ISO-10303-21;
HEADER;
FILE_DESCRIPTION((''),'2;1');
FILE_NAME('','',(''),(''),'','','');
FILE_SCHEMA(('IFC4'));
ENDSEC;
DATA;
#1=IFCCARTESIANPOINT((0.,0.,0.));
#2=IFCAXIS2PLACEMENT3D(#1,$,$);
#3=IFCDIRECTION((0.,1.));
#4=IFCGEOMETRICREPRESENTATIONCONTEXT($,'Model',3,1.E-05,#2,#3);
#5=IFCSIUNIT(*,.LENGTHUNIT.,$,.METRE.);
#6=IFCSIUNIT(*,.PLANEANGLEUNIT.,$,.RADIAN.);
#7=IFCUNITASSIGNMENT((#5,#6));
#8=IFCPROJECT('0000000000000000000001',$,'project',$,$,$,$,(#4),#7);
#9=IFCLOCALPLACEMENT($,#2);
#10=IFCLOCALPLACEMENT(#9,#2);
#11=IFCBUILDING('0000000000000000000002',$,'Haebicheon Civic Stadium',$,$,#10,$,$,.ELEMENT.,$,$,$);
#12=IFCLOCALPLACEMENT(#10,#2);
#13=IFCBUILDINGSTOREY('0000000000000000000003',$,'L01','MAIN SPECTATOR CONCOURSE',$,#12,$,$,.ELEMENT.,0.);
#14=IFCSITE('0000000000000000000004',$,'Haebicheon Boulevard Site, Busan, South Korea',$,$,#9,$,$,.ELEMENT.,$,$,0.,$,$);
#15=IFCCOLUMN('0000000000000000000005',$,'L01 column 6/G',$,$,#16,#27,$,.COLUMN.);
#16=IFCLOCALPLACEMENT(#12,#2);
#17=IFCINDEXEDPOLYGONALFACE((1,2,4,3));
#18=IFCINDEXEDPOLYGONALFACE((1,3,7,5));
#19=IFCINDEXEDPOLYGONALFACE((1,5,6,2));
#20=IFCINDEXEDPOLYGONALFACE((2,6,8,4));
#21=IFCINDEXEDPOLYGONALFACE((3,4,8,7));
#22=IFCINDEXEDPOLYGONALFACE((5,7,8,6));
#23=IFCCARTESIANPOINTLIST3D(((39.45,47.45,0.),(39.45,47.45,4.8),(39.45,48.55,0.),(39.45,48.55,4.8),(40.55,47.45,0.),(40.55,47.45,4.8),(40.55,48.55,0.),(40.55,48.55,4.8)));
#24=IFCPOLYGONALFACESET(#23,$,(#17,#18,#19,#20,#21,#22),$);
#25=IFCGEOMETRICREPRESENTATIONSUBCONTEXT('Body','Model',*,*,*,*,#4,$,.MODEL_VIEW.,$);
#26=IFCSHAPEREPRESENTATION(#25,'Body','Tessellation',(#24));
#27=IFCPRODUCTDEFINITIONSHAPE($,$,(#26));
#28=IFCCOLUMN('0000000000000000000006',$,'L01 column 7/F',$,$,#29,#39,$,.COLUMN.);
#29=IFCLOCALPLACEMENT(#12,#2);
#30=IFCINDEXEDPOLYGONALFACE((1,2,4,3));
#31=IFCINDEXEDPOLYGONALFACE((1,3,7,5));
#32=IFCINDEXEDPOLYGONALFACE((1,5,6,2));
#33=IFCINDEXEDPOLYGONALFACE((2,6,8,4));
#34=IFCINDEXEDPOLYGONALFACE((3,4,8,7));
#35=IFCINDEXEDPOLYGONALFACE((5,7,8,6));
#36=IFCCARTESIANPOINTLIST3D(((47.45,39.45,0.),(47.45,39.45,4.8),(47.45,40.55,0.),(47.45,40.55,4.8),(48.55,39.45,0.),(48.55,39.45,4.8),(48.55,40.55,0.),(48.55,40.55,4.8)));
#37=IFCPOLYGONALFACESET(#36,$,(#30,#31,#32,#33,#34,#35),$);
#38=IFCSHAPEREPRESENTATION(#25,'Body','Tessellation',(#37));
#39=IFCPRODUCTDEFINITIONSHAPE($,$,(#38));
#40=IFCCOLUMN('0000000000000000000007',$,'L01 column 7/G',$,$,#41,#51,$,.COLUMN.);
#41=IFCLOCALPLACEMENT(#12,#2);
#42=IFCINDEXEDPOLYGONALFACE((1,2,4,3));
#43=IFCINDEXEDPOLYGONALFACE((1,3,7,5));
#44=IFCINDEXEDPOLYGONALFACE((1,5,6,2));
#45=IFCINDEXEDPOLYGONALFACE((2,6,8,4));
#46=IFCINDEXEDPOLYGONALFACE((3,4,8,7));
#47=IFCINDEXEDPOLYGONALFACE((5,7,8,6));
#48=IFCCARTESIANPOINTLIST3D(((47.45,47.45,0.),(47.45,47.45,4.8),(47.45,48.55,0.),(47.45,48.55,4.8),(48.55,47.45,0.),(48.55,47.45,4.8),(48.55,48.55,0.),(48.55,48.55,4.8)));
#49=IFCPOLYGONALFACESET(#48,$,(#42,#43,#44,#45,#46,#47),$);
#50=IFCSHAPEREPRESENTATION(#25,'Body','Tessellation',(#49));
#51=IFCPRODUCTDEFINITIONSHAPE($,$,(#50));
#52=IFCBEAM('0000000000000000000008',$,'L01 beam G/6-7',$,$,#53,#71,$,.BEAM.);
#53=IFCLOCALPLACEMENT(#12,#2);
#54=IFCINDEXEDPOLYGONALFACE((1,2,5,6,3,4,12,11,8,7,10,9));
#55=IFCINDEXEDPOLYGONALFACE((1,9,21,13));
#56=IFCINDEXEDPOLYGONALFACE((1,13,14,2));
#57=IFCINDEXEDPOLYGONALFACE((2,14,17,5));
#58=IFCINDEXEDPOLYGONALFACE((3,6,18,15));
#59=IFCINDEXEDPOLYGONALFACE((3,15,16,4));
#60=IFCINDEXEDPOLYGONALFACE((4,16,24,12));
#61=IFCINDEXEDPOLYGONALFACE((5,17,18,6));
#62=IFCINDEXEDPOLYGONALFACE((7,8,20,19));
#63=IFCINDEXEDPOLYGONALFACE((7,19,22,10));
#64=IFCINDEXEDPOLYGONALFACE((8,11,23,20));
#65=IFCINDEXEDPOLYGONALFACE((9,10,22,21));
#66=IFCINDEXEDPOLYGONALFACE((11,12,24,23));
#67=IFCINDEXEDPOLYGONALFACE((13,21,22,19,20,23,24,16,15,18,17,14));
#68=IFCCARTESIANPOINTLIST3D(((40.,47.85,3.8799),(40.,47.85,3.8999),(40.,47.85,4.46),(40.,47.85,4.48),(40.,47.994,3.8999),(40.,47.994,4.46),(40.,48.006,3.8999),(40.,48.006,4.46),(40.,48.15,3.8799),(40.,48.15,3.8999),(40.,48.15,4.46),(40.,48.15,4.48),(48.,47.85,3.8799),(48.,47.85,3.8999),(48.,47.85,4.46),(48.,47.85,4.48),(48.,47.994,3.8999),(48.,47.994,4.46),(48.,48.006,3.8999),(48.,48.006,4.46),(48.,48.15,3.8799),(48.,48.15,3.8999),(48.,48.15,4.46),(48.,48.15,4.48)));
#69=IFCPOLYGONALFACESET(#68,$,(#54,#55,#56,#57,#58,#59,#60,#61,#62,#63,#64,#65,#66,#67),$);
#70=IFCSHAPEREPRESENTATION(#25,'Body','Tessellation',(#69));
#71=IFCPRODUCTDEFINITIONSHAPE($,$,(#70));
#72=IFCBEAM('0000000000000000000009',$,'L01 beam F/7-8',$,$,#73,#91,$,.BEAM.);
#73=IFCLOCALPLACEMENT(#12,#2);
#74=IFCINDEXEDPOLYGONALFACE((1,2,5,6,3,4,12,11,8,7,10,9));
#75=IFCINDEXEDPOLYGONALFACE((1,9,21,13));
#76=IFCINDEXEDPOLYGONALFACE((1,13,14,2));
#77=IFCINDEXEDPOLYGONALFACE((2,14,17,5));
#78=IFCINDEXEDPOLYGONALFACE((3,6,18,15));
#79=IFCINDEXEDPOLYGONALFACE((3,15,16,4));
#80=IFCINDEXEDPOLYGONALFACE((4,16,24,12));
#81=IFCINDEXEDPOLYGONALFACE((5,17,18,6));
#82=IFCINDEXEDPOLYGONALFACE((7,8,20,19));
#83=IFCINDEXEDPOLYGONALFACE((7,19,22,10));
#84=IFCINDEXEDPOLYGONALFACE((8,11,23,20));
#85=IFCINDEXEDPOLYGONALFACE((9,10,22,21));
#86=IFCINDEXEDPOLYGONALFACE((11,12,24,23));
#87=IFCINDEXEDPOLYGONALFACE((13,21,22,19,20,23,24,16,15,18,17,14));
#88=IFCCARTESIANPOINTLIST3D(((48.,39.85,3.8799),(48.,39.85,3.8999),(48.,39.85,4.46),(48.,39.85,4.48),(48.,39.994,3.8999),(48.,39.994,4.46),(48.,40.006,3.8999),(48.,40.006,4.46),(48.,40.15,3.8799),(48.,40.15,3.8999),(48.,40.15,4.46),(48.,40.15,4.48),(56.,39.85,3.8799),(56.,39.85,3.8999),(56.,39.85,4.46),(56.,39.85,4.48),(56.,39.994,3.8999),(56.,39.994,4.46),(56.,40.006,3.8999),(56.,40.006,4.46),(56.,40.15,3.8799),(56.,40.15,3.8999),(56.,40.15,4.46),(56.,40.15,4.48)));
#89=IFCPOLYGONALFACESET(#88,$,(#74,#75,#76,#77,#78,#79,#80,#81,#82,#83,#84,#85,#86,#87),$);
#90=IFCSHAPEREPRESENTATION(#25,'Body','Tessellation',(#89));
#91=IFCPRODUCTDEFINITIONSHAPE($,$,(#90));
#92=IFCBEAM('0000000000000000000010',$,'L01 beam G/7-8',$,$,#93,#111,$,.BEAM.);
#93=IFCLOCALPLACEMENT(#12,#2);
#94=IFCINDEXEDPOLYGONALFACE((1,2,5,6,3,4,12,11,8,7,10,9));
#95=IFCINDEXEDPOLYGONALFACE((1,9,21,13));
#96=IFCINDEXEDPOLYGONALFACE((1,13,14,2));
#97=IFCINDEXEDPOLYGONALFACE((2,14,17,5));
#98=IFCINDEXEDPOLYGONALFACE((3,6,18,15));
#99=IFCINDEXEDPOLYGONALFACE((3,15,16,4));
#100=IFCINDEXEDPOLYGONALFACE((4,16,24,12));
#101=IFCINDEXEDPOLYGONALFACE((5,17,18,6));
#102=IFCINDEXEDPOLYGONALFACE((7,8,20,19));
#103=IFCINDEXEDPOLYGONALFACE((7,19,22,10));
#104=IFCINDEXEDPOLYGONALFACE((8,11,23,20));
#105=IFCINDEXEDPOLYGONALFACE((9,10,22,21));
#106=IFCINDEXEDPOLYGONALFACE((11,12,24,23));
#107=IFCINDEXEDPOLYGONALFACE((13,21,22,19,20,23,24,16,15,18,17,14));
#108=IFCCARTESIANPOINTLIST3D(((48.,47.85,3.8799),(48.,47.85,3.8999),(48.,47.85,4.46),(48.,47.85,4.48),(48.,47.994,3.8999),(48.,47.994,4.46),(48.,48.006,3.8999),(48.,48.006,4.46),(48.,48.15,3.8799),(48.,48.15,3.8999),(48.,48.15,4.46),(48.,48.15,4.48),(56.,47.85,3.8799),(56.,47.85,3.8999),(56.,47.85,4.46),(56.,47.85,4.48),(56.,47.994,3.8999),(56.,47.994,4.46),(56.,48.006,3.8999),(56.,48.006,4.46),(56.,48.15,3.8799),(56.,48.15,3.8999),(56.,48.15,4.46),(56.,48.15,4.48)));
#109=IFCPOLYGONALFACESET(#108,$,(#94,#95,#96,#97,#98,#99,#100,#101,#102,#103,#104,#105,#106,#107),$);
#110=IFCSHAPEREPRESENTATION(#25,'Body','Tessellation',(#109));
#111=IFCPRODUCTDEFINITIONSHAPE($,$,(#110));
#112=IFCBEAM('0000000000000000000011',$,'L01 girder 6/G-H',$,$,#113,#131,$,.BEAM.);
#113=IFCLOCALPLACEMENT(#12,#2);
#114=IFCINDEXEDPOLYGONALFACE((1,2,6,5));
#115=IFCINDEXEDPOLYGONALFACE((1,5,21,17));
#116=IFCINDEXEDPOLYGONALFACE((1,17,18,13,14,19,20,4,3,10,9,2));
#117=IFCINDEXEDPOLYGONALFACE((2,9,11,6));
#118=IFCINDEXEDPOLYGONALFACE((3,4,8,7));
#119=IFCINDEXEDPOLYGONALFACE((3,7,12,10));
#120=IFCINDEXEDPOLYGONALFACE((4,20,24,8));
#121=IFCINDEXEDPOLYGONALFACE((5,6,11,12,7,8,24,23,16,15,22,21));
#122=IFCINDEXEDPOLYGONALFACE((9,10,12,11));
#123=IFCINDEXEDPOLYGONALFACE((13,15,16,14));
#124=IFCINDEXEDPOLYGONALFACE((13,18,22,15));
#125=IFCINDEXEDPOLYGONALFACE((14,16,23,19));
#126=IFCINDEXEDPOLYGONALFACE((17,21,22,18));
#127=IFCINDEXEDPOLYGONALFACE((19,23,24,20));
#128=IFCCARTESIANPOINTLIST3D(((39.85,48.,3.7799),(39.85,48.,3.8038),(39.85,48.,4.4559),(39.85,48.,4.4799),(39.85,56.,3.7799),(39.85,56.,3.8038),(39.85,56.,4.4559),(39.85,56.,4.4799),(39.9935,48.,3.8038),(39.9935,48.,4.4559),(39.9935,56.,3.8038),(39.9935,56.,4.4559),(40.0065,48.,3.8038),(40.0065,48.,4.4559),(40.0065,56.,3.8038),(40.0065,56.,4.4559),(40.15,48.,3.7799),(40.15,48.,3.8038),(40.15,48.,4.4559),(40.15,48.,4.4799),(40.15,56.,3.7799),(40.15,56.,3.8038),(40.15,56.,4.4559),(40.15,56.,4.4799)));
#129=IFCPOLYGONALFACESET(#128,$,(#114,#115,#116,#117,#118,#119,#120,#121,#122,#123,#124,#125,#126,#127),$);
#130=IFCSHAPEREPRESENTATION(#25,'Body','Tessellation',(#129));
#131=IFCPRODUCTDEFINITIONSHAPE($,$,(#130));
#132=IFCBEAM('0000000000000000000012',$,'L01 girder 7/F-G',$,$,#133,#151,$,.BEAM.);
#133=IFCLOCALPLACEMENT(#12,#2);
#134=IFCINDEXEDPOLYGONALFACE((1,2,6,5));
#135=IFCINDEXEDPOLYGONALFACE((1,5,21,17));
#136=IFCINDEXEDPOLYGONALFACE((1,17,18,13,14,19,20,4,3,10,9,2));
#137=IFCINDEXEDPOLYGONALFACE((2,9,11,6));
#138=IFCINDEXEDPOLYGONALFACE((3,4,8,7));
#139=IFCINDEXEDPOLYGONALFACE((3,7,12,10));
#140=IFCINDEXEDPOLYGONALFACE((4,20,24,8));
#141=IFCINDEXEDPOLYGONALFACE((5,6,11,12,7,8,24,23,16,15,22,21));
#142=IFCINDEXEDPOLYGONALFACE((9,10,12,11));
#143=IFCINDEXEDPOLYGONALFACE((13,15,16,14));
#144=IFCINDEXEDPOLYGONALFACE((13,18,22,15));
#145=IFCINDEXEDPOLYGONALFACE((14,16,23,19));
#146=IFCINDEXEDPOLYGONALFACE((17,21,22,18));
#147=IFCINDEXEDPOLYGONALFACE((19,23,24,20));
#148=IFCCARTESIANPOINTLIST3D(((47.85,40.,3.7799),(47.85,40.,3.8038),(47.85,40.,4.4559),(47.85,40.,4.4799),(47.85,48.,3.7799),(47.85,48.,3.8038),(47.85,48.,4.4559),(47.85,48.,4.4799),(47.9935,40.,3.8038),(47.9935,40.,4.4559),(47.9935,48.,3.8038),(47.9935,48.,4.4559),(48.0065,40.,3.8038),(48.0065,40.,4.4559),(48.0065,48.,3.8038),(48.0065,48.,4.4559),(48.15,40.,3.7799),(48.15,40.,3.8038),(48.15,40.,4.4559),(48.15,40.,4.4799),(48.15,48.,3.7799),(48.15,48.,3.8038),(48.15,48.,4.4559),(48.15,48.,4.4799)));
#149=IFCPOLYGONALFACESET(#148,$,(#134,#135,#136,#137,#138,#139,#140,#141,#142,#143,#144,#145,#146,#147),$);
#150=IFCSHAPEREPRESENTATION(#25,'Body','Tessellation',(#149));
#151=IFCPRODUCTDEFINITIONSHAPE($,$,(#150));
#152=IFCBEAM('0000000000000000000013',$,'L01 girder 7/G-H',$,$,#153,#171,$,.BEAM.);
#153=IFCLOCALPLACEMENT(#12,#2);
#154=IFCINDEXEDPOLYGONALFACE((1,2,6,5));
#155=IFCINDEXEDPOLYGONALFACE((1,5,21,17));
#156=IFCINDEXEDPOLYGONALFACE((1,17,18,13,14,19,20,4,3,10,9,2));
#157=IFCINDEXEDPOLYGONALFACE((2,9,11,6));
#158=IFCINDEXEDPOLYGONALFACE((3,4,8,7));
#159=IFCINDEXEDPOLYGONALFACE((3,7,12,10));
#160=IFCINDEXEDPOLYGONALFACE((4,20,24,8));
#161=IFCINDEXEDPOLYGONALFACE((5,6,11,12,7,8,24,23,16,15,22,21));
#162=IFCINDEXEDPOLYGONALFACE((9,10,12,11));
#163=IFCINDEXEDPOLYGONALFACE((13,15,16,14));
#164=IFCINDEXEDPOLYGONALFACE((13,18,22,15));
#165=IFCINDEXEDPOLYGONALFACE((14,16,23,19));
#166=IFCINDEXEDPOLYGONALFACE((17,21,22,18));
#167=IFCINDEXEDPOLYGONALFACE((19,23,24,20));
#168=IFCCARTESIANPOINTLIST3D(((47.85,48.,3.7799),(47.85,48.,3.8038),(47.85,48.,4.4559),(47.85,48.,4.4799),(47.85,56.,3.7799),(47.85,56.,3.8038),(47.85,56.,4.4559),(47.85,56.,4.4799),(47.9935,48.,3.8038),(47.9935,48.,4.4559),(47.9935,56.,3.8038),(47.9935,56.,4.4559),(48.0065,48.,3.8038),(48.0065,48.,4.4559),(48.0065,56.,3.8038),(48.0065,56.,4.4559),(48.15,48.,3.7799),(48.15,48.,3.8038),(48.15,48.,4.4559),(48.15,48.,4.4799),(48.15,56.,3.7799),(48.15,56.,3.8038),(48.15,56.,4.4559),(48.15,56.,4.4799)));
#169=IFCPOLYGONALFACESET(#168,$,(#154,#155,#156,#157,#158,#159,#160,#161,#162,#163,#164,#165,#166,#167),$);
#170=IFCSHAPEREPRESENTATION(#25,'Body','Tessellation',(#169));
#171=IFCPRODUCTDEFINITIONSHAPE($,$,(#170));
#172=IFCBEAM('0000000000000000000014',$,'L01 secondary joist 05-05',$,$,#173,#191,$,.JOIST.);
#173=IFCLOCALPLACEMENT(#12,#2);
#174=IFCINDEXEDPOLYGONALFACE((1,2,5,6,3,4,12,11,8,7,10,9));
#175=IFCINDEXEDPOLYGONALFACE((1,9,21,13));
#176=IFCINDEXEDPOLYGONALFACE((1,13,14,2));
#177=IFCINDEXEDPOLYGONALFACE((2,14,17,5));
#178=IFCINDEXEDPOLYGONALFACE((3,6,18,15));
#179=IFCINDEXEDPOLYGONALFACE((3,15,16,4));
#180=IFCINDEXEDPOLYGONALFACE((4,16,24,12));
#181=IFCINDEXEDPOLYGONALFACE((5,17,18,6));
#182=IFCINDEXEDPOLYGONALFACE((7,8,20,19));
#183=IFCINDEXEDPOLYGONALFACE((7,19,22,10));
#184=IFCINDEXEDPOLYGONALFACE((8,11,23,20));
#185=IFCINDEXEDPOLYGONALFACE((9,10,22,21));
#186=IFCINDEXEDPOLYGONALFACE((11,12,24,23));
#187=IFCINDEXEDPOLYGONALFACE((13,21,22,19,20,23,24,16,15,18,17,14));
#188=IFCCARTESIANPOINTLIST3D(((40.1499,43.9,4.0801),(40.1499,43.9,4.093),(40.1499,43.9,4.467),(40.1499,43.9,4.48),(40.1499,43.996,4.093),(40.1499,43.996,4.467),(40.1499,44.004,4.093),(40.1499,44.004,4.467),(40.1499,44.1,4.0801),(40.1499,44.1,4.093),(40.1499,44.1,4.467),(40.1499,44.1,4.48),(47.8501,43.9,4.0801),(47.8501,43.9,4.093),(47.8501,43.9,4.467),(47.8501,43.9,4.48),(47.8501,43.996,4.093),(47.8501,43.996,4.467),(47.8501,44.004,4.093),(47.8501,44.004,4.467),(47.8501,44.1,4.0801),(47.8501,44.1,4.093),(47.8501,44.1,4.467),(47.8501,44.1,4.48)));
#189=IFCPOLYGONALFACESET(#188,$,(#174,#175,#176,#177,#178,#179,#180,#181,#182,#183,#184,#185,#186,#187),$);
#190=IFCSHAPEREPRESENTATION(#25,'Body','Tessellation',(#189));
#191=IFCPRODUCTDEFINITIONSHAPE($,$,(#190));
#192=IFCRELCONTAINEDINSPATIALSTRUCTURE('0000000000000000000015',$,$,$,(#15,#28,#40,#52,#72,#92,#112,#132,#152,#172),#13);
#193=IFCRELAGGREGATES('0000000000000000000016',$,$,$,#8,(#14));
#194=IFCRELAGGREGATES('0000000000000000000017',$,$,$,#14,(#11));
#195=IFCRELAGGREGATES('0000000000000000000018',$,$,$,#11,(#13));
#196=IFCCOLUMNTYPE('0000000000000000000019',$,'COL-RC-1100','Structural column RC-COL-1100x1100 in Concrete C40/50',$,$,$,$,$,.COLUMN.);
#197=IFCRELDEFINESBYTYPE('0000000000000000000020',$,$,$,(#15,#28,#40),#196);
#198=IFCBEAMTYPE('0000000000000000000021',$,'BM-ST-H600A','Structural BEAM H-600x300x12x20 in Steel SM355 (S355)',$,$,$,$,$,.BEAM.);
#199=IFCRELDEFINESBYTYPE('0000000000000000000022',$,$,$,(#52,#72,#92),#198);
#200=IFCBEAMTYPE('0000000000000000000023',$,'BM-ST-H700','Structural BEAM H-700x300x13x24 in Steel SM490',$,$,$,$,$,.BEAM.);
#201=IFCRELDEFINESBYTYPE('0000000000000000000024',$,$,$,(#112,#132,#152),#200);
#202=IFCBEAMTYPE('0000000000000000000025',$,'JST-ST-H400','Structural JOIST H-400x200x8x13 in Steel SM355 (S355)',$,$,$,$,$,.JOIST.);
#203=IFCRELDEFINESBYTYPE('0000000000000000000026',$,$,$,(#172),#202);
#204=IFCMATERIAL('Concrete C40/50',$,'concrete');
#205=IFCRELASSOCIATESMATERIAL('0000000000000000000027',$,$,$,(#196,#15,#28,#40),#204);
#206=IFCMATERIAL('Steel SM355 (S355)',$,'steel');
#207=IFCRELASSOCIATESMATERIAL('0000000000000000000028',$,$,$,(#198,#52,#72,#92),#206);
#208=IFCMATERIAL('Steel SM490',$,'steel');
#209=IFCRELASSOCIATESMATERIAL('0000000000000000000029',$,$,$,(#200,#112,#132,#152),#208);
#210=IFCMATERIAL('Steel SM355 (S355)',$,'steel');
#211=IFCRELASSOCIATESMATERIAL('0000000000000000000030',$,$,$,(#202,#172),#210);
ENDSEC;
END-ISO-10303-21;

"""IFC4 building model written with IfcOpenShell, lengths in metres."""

from ifc_helpers import new_model, si_unit, direction, frame, origin, origin_2d, place, context, subcontext, project, spatial, rectangle, i_section, extrude, material, material_profile, profile_set, type_object, element, save


model = new_model("IFC4")

# Units and contexts
model_context = context("Model", 3, precision=1e-05, world=origin(), true_north=direction((0.0, 1.0)))
body_context = subcontext(model_context, "Body", "Model", "MODEL_VIEW")
ifc_project = project(units=[si_unit("LENGTHUNIT", "METRE"), si_unit("PLANEANGLEUNIT", "RADIAN")], contexts=[model_context])

# Site, building, storey
site_placement = place(None, origin())
site = spatial("IfcSite", under=ifc_project, at=site_placement, Name="Haebicheon Boulevard Site, Busan, South Korea", CompositionType="ELEMENT", RefElevation=0.0)
building_placement = place(site_placement, origin())
building = spatial("IfcBuilding", under=site, at=building_placement, Name="Haebicheon Civic Stadium", CompositionType="ELEMENT")
storey_placement = place(building_placement, origin())
storey = spatial("IfcBuildingStorey", under=building, at=storey_placement, Name="L01", Description="MAIN SPECTATOR CONCOURSE", CompositionType="ELEMENT", Elevation=0.0)

# Columns
ifc_material_1 = material(Name="Concrete C40/50", Category="concrete")
ifc_material_profile_1 = material_profile(ifc_material_1, rectangle(XDim=1.1001, YDim=1.1001, at=origin_2d()), Name="RC-COL-1100x1100")
ifc_profile_set_1 = profile_set([ifc_material_profile_1], Name="Concrete C40/50")
column_type = type_object("IfcColumnType", Name="COL-RC-1100", Description="Structural column RC-COL-1100x1100 in Concrete C40/50", PredefinedType="COLUMN", material=ifc_profile_set_1)
for number, where, z_axis, x_axis, name in (
    (1, (40.0, 48.0, 0.0), (0.0, 0.0, 1.0), (1.0, 0.0, 0.0), "L01 column 6/G"),
    (2, (48.0, 40.0, 0.0), (0.0, 0.0, 1.0), (1.0, 0.0, 0.0), "L01 column 7/F"),
    (3, (48.0, 48.0, 0.0), (0.0, 0.0, 1.0), (1.0, 0.0, 0.0), "L01 column 7/G"),
):
    element("IfcColumn", number, at=place(storey_placement, frame(where, z_axis=z_axis, x_axis=x_axis)), inside=storey, type_object=column_type, material=ifc_profile_set_1, Name=name, PredefinedType="COLUMN", context=body_context, shape_type="SweptSolid", body=[
        extrude(rectangle(XDim=1.1001, YDim=1.1001, at=origin_2d()), origin(), (0.0, 0.0, 1.0), 4.8),
    ])

# Beams
ifc_material_2 = material(Name="Steel SM355 (S355)", Category="steel")
ifc_material_profile_2 = material_profile(ifc_material_2, i_section(OverallWidth=0.3, OverallDepth=0.6001, WebThickness=0.012, FlangeThickness=0.02, at=origin_2d()), Name="H-600x300x12x20")
ifc_profile_set_2 = profile_set([ifc_material_profile_2], Name="Steel SM355 (S355)")
beam_type_1 = type_object("IfcBeamType", Name="BM-ST-H600A", Description="Structural BEAM H-600x300x12x20 in Steel SM355 (S355)", PredefinedType="BEAM", material=ifc_profile_set_2)
for number, where, z_axis, x_axis, name in (
    (4, (40.0, 48.0, 4.1799), (1.0, 0.0, 0.0), (0.0, 1.0, 0.0), "L01 beam G/6-7"),
    (5, (48.0, 40.0, 4.1799), (1.0, 0.0, 0.0), (0.0, 1.0, 0.0), "L01 beam F/7-8"),
    (6, (48.0, 48.0, 4.1799), (1.0, 0.0, 0.0), (0.0, 1.0, 0.0), "L01 beam G/7-8"),
):
    element("IfcBeam", number, at=place(storey_placement, frame(where, z_axis=z_axis, x_axis=x_axis)), inside=storey, type_object=beam_type_1, material=ifc_profile_set_2, Name=name, PredefinedType="BEAM", context=body_context, shape_type="SweptSolid", body=[
        extrude(i_section(OverallWidth=0.3, OverallDepth=0.6001, WebThickness=0.012, FlangeThickness=0.02, at=origin_2d()), origin(), (0.0, 0.0, 1.0), 8.0),
    ])
ifc_material_3 = material(Name="Steel SM490", Category="steel")
ifc_material_profile_3 = material_profile(ifc_material_3, i_section(OverallWidth=0.3, OverallDepth=0.7, WebThickness=0.0129, FlangeThickness=0.0239, at=origin_2d()), Name="H-700x300x13x24")
ifc_profile_set_3 = profile_set([ifc_material_profile_3], Name="Steel SM490")
beam_type_2 = type_object("IfcBeamType", Name="BM-ST-H700", Description="Structural BEAM H-700x300x13x24 in Steel SM490", PredefinedType="BEAM", material=ifc_profile_set_3)
for number, where, z_axis, x_axis, name in (
    (7, (40.0, 48.0, 4.1299), (0.0, 1.0, 0.0), (-1.0, 0.0, 0.0), "L01 girder 6/G-H"),
    (8, (48.0, 40.0, 4.1299), (0.0, 1.0, 0.0), (-1.0, 0.0, 0.0), "L01 girder 7/F-G"),
    (9, (48.0, 48.0, 4.1299), (0.0, 1.0, 0.0), (-1.0, 0.0, 0.0), "L01 girder 7/G-H"),
):
    element("IfcBeam", number, at=place(storey_placement, frame(where, z_axis=z_axis, x_axis=x_axis)), inside=storey, type_object=beam_type_2, material=ifc_profile_set_3, Name=name, PredefinedType="BEAM", context=body_context, shape_type="SweptSolid", body=[
        extrude(i_section(OverallWidth=0.3, OverallDepth=0.7, WebThickness=0.0129, FlangeThickness=0.0239, at=origin_2d()), origin(), (0.0, 0.0, 1.0), 8.0),
    ])
ifc_material_4 = material(Name="Steel SM355 (S355)", Category="steel")
ifc_material_profile_4 = material_profile(ifc_material_4, i_section(OverallWidth=0.2, OverallDepth=0.3999, WebThickness=0.0081, FlangeThickness=0.0129, at=origin_2d()), Name="H-400x200x8x13")
ifc_profile_set_4 = profile_set([ifc_material_profile_4], Name="Steel SM355 (S355)")
beam_type_3 = type_object("IfcBeamType", Name="JST-ST-H400", Description="Structural JOIST H-400x200x8x13 in Steel SM355 (S355)", PredefinedType="JOIST", material=ifc_profile_set_4)
for number, where, z_axis, x_axis, name in (
    (10, (40.1499, 44.0, 4.28), (1.0, 0.0, 0.0), (0.0, 1.0, 0.0), "L01 secondary joist 05-05"),
):
    element("IfcBeam", number, at=place(storey_placement, frame(where, z_axis=z_axis, x_axis=x_axis)), inside=storey, type_object=beam_type_3, material=ifc_profile_set_4, Name=name, PredefinedType="JOIST", context=body_context, shape_type="SweptSolid", body=[
        extrude(i_section(OverallWidth=0.2, OverallDepth=0.3999, WebThickness=0.0081, FlangeThickness=0.0129, at=origin_2d()), origin(), (0.0, 0.0, 1.0), 7.7002),
    ])

save(model, "model.ifc")
